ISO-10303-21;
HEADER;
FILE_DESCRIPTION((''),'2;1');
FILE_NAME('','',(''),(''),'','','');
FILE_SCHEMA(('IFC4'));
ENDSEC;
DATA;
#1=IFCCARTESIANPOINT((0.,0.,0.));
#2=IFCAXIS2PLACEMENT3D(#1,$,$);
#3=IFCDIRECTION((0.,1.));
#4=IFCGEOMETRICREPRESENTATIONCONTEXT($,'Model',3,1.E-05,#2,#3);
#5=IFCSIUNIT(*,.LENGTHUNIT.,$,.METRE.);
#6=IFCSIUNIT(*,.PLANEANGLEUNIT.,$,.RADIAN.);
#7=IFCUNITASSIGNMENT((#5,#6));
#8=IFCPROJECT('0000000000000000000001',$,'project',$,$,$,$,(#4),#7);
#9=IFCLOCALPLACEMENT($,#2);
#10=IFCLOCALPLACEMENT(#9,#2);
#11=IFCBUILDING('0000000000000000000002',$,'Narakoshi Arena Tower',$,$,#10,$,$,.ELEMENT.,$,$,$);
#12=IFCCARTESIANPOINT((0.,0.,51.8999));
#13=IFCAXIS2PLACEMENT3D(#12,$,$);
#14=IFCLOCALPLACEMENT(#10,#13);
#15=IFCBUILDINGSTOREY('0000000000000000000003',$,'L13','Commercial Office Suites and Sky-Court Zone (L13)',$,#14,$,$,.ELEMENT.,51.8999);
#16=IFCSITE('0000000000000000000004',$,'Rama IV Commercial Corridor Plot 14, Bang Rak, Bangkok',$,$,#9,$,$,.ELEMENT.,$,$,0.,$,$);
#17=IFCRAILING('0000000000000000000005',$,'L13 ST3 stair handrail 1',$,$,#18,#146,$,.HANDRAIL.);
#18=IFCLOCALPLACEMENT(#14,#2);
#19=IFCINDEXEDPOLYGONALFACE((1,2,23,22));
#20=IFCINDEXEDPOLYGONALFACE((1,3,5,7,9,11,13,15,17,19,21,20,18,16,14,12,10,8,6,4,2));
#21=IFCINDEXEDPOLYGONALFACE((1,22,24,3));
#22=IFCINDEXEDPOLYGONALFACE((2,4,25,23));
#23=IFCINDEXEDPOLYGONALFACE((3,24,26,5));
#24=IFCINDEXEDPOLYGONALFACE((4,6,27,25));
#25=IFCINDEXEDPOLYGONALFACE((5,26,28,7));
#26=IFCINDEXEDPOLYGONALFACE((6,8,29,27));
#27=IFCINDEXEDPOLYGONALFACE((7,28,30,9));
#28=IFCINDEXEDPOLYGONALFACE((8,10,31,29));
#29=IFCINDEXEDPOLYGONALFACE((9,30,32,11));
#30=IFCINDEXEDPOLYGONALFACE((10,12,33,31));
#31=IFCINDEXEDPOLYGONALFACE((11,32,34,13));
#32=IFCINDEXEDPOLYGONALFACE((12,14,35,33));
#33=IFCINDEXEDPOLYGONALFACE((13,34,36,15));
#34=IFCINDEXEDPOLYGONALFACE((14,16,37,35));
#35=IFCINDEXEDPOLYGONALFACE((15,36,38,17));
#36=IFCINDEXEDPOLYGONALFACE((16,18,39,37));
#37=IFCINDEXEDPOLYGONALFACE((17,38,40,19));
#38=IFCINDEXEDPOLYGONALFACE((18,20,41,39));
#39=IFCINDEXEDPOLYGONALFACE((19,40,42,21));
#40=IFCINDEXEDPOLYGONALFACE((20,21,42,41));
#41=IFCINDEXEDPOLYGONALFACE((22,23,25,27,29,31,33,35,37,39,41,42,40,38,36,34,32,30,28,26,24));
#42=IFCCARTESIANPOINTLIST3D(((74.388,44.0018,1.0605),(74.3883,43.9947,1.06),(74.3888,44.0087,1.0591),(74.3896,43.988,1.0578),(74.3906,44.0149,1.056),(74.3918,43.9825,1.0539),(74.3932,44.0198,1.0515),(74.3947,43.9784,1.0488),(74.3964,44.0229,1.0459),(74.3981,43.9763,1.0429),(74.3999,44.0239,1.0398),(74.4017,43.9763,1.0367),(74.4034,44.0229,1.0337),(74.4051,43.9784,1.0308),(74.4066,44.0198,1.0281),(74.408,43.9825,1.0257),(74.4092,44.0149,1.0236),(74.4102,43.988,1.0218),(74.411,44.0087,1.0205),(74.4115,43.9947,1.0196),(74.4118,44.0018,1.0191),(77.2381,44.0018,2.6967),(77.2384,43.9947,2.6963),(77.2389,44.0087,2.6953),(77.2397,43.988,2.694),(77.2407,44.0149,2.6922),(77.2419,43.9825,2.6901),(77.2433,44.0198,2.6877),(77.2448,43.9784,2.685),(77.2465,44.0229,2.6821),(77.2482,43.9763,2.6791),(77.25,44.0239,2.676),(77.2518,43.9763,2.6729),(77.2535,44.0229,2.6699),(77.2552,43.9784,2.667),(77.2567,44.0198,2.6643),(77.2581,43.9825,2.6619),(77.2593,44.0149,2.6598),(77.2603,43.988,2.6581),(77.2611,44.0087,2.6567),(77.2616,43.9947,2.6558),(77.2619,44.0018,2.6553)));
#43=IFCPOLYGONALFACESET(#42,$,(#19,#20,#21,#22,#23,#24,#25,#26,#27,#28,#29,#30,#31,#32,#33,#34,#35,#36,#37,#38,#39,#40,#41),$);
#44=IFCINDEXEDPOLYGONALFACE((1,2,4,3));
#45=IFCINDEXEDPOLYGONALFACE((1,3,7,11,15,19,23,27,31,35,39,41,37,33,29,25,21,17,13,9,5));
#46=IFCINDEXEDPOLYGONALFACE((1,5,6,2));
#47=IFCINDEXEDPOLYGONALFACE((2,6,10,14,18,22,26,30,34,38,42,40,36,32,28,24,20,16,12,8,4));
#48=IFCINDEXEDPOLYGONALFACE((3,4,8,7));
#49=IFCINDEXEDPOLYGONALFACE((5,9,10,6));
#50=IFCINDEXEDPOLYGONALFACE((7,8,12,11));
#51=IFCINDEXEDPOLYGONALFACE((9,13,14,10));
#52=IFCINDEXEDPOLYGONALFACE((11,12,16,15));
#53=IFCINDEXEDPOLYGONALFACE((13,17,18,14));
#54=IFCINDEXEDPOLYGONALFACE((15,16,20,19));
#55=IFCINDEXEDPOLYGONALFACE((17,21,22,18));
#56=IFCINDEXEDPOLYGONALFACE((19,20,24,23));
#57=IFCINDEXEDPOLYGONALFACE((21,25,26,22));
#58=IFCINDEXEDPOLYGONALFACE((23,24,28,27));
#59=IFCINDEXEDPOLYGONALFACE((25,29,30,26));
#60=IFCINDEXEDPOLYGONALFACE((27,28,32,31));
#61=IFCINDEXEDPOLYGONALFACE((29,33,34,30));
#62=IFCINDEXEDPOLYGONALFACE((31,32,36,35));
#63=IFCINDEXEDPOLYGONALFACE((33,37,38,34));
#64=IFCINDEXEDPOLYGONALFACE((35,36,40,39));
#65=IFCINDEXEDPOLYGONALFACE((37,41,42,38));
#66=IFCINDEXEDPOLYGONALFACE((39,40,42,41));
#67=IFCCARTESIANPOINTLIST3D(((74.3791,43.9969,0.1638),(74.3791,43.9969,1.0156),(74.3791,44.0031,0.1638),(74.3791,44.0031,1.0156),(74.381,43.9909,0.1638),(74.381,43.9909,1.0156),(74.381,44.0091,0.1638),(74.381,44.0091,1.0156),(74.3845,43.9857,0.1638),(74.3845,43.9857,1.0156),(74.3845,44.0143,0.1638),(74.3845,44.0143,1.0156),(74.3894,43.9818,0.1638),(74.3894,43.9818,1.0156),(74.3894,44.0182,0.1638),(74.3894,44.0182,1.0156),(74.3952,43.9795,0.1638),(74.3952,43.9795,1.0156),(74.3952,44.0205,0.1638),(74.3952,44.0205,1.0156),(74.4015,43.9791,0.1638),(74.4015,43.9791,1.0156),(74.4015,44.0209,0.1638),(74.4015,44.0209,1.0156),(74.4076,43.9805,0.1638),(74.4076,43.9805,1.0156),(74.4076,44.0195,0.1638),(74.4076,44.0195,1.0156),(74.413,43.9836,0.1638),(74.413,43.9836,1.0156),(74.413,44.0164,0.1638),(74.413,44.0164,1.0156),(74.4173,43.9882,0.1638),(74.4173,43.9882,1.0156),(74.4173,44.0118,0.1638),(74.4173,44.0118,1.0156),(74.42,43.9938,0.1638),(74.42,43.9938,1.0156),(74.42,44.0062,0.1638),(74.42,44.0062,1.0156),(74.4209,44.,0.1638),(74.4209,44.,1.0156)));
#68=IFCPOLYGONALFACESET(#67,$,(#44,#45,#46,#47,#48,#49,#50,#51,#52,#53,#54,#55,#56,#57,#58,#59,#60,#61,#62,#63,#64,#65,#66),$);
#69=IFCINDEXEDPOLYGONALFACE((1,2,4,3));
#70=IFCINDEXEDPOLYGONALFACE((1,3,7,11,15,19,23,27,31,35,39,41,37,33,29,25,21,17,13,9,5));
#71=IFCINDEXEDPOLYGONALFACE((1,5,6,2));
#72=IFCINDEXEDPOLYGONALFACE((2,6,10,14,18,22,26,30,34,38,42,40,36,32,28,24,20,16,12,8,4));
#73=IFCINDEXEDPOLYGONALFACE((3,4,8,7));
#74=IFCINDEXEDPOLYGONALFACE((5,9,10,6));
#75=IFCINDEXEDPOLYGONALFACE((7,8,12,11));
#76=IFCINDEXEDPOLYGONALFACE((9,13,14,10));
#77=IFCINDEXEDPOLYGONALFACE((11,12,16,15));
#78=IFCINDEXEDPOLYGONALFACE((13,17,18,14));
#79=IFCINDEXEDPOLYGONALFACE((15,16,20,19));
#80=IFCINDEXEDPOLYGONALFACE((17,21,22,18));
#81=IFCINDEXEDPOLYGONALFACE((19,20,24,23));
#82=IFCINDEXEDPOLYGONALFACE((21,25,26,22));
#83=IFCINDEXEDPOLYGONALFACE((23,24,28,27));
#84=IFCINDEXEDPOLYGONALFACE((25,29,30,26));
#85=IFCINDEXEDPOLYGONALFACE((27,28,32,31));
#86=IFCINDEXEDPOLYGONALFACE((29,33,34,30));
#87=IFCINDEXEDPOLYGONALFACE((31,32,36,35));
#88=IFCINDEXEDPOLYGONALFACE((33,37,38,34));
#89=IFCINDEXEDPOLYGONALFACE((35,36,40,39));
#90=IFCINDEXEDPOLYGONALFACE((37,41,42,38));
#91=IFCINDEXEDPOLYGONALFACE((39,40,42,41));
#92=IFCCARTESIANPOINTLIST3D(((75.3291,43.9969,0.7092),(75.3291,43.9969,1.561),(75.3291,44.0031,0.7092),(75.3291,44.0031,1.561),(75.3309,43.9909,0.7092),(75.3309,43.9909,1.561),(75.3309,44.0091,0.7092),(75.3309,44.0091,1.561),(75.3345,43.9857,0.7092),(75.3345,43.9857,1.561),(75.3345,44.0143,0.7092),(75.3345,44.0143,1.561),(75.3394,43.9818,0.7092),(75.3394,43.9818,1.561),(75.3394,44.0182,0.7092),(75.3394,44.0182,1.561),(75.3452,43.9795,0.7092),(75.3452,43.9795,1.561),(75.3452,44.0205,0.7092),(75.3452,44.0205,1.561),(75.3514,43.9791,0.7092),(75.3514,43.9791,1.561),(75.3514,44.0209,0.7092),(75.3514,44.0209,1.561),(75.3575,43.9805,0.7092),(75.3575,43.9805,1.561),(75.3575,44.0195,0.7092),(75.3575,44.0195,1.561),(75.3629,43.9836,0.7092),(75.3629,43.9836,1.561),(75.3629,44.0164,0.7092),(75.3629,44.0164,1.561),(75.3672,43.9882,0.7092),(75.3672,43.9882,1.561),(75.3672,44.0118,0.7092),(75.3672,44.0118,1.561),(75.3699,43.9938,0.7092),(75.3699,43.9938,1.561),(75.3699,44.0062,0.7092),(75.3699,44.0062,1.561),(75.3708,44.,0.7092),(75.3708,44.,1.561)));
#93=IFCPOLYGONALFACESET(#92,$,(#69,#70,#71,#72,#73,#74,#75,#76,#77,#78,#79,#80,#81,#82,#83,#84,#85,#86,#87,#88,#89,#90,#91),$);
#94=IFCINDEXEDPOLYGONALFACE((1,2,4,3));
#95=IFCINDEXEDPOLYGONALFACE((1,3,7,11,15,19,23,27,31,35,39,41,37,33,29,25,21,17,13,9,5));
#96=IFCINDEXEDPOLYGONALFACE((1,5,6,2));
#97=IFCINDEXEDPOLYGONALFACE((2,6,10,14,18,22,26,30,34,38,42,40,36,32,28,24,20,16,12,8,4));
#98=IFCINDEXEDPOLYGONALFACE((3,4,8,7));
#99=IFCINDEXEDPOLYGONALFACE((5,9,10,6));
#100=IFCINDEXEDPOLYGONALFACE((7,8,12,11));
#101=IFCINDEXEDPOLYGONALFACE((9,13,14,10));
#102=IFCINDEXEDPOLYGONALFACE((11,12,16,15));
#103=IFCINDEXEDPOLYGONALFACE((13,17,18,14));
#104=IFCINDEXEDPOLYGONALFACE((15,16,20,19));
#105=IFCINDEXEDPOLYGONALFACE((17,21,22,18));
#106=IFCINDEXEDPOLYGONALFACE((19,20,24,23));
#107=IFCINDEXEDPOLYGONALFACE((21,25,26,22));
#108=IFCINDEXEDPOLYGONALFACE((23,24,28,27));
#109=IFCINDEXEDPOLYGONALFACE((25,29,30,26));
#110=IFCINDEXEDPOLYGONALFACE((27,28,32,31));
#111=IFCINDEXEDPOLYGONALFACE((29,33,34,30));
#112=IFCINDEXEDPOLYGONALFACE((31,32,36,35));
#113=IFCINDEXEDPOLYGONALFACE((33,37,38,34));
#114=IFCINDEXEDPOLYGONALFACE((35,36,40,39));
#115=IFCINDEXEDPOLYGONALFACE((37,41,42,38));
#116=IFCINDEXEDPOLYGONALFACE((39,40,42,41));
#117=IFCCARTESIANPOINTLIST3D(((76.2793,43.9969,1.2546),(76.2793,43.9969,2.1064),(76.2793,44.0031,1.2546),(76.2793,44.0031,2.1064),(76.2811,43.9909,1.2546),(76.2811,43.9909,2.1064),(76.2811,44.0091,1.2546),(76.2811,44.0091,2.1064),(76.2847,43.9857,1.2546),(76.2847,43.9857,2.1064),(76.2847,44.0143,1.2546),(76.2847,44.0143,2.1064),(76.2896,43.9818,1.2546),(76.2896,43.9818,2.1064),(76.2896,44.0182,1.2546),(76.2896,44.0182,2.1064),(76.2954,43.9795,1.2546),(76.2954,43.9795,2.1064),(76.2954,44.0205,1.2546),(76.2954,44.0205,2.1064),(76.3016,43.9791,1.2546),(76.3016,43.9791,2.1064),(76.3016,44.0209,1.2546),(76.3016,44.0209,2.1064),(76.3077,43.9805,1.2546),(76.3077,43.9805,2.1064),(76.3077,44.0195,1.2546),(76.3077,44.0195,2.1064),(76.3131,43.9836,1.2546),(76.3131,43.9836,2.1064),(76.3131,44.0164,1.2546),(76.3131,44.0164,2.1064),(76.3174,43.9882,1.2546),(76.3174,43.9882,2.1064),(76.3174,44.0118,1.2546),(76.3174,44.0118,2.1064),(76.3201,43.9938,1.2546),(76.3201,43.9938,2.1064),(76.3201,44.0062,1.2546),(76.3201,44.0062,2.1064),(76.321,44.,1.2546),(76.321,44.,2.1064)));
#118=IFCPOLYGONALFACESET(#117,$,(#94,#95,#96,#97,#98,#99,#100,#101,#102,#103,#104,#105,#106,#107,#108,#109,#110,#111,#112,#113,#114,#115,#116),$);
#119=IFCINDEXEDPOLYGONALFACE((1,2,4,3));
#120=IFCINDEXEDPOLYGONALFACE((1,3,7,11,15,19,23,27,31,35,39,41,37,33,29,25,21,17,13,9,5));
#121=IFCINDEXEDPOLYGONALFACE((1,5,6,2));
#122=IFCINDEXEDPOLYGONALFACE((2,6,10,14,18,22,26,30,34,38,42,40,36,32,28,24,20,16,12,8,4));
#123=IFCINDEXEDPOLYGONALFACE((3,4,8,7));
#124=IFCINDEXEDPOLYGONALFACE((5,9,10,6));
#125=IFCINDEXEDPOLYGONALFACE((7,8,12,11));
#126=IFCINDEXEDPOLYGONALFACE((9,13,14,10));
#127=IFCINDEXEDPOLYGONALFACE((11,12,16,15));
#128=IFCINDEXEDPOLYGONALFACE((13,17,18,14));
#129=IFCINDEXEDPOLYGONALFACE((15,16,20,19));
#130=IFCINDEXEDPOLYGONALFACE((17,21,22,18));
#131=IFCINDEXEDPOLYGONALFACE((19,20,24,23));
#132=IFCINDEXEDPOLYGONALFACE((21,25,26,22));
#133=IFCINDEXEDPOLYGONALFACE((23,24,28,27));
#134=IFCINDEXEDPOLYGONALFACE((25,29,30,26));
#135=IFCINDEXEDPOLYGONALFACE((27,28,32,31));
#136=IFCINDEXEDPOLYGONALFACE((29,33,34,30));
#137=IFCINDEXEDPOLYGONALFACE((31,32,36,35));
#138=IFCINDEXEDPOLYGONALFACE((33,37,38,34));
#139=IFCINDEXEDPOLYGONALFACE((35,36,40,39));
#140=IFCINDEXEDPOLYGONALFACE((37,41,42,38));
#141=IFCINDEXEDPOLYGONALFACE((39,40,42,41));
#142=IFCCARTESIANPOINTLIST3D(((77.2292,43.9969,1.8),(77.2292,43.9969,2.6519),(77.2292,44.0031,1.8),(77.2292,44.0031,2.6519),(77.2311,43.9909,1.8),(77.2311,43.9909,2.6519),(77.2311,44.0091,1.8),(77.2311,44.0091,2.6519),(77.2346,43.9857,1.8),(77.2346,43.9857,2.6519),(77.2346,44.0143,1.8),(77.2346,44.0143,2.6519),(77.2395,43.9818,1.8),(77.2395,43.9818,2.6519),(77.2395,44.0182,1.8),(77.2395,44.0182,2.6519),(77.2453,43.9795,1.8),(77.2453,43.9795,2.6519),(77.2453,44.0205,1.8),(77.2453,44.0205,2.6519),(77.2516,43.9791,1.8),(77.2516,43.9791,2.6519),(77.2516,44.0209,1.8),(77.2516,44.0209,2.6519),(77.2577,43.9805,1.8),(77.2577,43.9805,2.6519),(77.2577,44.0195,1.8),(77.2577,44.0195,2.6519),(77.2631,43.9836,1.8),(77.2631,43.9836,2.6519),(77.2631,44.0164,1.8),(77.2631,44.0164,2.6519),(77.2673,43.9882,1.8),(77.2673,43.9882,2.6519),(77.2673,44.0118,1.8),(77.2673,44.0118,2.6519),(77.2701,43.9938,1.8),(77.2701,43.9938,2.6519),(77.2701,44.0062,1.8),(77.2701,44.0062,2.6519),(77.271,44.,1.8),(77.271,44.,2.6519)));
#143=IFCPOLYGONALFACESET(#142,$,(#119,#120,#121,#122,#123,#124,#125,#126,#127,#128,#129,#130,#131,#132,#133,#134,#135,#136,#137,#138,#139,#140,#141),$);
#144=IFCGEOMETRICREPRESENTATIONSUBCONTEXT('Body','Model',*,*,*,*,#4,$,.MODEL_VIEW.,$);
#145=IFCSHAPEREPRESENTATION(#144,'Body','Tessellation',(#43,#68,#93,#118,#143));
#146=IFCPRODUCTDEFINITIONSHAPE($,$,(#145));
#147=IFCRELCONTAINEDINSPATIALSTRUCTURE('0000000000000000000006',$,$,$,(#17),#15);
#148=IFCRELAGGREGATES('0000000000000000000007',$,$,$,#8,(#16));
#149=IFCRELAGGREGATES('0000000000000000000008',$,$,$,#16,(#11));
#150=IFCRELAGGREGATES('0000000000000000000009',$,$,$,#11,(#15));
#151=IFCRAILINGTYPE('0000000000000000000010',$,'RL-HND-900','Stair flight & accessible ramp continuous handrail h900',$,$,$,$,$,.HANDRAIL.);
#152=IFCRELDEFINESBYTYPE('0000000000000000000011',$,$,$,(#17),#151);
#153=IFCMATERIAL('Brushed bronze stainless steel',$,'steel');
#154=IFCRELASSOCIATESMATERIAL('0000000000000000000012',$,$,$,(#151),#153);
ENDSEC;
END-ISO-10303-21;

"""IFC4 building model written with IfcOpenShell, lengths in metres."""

from ifc_helpers import new_model, si_unit, direction, frame, origin, origin_2d, place, context, subcontext, project, spatial, circle, extrude, material, type_object, element, save


model = new_model("IFC4")

# Units and contexts
model_context = context("Model", 3, precision=1e-05, world=origin(), true_north=direction((0.0, 1.0)))
body_context = subcontext(model_context, "Body", "Model", "MODEL_VIEW")
ifc_project = project(units=[si_unit("LENGTHUNIT", "METRE"), si_unit("PLANEANGLEUNIT", "RADIAN")], contexts=[model_context])

# Site, building, storey
site_placement = place(None, origin())
site = spatial("IfcSite", under=ifc_project, at=site_placement, Name="Rama IV Commercial Corridor Plot 14, Bang Rak, Bangkok", CompositionType="ELEMENT", RefElevation=0.0)
building_placement = place(site_placement, origin())
building = spatial("IfcBuilding", under=site, at=building_placement, Name="Narakoshi Arena Tower", CompositionType="ELEMENT")
storey_placement = place(building_placement, frame((0.0, 0.0, 51.8999)))
storey = spatial("IfcBuildingStorey", under=building, at=storey_placement, Name="L13", Description="Commercial Office Suites and Sky-Court Zone (L13)", CompositionType="ELEMENT", Elevation=51.8999)

# Shared definitions
ifc_material_1 = material(Name="Brushed bronze stainless steel", Category="steel")

# Railing
railing_type_1 = type_object("IfcRailingType", Name="RL-HND-900", Description="Stair flight & accessible ramp continuous handrail h900", PredefinedType="HANDRAIL", material=ifc_material_1)
railing_1_placement = place(storey_placement, frame((74.3999, 44.0, 0.1638)))
element("IfcRailing", 1, at=railing_1_placement, inside=storey, type_object=railing_type_1, Name="L13 ST3 stair handrail 1", PredefinedType="HANDRAIL", context=body_context, shape_type="SweptSolid", body=[
    extrude(circle(Radius=0.0239, at=origin_2d()), frame((0.0, 0.0, 0.876), z_axis=(0.867245, 0.0, 0.497882), x_axis=(0.0, 1.0, 0.0)), (0.0, 0.0, 1.0), 3.2864),
    extrude(circle(Radius=0.021, at=origin_2d()), origin(), (0.0, 0.0, 1.0), 0.8518),
    extrude(circle(Radius=0.021, at=origin_2d()), frame((0.95, 0.0, 0.5454)), (0.0, 0.0, 1.0), 0.8518),
    extrude(circle(Radius=0.021, at=origin_2d()), frame((1.9001, 0.0, 1.0908)), (0.0, 0.0, 1.0), 0.8518),
    extrude(circle(Radius=0.021, at=origin_2d()), frame((2.8501, 0.0, 1.6362)), (0.0, 0.0, 1.0), 0.8518),
])

save(model, "model.ifc")
